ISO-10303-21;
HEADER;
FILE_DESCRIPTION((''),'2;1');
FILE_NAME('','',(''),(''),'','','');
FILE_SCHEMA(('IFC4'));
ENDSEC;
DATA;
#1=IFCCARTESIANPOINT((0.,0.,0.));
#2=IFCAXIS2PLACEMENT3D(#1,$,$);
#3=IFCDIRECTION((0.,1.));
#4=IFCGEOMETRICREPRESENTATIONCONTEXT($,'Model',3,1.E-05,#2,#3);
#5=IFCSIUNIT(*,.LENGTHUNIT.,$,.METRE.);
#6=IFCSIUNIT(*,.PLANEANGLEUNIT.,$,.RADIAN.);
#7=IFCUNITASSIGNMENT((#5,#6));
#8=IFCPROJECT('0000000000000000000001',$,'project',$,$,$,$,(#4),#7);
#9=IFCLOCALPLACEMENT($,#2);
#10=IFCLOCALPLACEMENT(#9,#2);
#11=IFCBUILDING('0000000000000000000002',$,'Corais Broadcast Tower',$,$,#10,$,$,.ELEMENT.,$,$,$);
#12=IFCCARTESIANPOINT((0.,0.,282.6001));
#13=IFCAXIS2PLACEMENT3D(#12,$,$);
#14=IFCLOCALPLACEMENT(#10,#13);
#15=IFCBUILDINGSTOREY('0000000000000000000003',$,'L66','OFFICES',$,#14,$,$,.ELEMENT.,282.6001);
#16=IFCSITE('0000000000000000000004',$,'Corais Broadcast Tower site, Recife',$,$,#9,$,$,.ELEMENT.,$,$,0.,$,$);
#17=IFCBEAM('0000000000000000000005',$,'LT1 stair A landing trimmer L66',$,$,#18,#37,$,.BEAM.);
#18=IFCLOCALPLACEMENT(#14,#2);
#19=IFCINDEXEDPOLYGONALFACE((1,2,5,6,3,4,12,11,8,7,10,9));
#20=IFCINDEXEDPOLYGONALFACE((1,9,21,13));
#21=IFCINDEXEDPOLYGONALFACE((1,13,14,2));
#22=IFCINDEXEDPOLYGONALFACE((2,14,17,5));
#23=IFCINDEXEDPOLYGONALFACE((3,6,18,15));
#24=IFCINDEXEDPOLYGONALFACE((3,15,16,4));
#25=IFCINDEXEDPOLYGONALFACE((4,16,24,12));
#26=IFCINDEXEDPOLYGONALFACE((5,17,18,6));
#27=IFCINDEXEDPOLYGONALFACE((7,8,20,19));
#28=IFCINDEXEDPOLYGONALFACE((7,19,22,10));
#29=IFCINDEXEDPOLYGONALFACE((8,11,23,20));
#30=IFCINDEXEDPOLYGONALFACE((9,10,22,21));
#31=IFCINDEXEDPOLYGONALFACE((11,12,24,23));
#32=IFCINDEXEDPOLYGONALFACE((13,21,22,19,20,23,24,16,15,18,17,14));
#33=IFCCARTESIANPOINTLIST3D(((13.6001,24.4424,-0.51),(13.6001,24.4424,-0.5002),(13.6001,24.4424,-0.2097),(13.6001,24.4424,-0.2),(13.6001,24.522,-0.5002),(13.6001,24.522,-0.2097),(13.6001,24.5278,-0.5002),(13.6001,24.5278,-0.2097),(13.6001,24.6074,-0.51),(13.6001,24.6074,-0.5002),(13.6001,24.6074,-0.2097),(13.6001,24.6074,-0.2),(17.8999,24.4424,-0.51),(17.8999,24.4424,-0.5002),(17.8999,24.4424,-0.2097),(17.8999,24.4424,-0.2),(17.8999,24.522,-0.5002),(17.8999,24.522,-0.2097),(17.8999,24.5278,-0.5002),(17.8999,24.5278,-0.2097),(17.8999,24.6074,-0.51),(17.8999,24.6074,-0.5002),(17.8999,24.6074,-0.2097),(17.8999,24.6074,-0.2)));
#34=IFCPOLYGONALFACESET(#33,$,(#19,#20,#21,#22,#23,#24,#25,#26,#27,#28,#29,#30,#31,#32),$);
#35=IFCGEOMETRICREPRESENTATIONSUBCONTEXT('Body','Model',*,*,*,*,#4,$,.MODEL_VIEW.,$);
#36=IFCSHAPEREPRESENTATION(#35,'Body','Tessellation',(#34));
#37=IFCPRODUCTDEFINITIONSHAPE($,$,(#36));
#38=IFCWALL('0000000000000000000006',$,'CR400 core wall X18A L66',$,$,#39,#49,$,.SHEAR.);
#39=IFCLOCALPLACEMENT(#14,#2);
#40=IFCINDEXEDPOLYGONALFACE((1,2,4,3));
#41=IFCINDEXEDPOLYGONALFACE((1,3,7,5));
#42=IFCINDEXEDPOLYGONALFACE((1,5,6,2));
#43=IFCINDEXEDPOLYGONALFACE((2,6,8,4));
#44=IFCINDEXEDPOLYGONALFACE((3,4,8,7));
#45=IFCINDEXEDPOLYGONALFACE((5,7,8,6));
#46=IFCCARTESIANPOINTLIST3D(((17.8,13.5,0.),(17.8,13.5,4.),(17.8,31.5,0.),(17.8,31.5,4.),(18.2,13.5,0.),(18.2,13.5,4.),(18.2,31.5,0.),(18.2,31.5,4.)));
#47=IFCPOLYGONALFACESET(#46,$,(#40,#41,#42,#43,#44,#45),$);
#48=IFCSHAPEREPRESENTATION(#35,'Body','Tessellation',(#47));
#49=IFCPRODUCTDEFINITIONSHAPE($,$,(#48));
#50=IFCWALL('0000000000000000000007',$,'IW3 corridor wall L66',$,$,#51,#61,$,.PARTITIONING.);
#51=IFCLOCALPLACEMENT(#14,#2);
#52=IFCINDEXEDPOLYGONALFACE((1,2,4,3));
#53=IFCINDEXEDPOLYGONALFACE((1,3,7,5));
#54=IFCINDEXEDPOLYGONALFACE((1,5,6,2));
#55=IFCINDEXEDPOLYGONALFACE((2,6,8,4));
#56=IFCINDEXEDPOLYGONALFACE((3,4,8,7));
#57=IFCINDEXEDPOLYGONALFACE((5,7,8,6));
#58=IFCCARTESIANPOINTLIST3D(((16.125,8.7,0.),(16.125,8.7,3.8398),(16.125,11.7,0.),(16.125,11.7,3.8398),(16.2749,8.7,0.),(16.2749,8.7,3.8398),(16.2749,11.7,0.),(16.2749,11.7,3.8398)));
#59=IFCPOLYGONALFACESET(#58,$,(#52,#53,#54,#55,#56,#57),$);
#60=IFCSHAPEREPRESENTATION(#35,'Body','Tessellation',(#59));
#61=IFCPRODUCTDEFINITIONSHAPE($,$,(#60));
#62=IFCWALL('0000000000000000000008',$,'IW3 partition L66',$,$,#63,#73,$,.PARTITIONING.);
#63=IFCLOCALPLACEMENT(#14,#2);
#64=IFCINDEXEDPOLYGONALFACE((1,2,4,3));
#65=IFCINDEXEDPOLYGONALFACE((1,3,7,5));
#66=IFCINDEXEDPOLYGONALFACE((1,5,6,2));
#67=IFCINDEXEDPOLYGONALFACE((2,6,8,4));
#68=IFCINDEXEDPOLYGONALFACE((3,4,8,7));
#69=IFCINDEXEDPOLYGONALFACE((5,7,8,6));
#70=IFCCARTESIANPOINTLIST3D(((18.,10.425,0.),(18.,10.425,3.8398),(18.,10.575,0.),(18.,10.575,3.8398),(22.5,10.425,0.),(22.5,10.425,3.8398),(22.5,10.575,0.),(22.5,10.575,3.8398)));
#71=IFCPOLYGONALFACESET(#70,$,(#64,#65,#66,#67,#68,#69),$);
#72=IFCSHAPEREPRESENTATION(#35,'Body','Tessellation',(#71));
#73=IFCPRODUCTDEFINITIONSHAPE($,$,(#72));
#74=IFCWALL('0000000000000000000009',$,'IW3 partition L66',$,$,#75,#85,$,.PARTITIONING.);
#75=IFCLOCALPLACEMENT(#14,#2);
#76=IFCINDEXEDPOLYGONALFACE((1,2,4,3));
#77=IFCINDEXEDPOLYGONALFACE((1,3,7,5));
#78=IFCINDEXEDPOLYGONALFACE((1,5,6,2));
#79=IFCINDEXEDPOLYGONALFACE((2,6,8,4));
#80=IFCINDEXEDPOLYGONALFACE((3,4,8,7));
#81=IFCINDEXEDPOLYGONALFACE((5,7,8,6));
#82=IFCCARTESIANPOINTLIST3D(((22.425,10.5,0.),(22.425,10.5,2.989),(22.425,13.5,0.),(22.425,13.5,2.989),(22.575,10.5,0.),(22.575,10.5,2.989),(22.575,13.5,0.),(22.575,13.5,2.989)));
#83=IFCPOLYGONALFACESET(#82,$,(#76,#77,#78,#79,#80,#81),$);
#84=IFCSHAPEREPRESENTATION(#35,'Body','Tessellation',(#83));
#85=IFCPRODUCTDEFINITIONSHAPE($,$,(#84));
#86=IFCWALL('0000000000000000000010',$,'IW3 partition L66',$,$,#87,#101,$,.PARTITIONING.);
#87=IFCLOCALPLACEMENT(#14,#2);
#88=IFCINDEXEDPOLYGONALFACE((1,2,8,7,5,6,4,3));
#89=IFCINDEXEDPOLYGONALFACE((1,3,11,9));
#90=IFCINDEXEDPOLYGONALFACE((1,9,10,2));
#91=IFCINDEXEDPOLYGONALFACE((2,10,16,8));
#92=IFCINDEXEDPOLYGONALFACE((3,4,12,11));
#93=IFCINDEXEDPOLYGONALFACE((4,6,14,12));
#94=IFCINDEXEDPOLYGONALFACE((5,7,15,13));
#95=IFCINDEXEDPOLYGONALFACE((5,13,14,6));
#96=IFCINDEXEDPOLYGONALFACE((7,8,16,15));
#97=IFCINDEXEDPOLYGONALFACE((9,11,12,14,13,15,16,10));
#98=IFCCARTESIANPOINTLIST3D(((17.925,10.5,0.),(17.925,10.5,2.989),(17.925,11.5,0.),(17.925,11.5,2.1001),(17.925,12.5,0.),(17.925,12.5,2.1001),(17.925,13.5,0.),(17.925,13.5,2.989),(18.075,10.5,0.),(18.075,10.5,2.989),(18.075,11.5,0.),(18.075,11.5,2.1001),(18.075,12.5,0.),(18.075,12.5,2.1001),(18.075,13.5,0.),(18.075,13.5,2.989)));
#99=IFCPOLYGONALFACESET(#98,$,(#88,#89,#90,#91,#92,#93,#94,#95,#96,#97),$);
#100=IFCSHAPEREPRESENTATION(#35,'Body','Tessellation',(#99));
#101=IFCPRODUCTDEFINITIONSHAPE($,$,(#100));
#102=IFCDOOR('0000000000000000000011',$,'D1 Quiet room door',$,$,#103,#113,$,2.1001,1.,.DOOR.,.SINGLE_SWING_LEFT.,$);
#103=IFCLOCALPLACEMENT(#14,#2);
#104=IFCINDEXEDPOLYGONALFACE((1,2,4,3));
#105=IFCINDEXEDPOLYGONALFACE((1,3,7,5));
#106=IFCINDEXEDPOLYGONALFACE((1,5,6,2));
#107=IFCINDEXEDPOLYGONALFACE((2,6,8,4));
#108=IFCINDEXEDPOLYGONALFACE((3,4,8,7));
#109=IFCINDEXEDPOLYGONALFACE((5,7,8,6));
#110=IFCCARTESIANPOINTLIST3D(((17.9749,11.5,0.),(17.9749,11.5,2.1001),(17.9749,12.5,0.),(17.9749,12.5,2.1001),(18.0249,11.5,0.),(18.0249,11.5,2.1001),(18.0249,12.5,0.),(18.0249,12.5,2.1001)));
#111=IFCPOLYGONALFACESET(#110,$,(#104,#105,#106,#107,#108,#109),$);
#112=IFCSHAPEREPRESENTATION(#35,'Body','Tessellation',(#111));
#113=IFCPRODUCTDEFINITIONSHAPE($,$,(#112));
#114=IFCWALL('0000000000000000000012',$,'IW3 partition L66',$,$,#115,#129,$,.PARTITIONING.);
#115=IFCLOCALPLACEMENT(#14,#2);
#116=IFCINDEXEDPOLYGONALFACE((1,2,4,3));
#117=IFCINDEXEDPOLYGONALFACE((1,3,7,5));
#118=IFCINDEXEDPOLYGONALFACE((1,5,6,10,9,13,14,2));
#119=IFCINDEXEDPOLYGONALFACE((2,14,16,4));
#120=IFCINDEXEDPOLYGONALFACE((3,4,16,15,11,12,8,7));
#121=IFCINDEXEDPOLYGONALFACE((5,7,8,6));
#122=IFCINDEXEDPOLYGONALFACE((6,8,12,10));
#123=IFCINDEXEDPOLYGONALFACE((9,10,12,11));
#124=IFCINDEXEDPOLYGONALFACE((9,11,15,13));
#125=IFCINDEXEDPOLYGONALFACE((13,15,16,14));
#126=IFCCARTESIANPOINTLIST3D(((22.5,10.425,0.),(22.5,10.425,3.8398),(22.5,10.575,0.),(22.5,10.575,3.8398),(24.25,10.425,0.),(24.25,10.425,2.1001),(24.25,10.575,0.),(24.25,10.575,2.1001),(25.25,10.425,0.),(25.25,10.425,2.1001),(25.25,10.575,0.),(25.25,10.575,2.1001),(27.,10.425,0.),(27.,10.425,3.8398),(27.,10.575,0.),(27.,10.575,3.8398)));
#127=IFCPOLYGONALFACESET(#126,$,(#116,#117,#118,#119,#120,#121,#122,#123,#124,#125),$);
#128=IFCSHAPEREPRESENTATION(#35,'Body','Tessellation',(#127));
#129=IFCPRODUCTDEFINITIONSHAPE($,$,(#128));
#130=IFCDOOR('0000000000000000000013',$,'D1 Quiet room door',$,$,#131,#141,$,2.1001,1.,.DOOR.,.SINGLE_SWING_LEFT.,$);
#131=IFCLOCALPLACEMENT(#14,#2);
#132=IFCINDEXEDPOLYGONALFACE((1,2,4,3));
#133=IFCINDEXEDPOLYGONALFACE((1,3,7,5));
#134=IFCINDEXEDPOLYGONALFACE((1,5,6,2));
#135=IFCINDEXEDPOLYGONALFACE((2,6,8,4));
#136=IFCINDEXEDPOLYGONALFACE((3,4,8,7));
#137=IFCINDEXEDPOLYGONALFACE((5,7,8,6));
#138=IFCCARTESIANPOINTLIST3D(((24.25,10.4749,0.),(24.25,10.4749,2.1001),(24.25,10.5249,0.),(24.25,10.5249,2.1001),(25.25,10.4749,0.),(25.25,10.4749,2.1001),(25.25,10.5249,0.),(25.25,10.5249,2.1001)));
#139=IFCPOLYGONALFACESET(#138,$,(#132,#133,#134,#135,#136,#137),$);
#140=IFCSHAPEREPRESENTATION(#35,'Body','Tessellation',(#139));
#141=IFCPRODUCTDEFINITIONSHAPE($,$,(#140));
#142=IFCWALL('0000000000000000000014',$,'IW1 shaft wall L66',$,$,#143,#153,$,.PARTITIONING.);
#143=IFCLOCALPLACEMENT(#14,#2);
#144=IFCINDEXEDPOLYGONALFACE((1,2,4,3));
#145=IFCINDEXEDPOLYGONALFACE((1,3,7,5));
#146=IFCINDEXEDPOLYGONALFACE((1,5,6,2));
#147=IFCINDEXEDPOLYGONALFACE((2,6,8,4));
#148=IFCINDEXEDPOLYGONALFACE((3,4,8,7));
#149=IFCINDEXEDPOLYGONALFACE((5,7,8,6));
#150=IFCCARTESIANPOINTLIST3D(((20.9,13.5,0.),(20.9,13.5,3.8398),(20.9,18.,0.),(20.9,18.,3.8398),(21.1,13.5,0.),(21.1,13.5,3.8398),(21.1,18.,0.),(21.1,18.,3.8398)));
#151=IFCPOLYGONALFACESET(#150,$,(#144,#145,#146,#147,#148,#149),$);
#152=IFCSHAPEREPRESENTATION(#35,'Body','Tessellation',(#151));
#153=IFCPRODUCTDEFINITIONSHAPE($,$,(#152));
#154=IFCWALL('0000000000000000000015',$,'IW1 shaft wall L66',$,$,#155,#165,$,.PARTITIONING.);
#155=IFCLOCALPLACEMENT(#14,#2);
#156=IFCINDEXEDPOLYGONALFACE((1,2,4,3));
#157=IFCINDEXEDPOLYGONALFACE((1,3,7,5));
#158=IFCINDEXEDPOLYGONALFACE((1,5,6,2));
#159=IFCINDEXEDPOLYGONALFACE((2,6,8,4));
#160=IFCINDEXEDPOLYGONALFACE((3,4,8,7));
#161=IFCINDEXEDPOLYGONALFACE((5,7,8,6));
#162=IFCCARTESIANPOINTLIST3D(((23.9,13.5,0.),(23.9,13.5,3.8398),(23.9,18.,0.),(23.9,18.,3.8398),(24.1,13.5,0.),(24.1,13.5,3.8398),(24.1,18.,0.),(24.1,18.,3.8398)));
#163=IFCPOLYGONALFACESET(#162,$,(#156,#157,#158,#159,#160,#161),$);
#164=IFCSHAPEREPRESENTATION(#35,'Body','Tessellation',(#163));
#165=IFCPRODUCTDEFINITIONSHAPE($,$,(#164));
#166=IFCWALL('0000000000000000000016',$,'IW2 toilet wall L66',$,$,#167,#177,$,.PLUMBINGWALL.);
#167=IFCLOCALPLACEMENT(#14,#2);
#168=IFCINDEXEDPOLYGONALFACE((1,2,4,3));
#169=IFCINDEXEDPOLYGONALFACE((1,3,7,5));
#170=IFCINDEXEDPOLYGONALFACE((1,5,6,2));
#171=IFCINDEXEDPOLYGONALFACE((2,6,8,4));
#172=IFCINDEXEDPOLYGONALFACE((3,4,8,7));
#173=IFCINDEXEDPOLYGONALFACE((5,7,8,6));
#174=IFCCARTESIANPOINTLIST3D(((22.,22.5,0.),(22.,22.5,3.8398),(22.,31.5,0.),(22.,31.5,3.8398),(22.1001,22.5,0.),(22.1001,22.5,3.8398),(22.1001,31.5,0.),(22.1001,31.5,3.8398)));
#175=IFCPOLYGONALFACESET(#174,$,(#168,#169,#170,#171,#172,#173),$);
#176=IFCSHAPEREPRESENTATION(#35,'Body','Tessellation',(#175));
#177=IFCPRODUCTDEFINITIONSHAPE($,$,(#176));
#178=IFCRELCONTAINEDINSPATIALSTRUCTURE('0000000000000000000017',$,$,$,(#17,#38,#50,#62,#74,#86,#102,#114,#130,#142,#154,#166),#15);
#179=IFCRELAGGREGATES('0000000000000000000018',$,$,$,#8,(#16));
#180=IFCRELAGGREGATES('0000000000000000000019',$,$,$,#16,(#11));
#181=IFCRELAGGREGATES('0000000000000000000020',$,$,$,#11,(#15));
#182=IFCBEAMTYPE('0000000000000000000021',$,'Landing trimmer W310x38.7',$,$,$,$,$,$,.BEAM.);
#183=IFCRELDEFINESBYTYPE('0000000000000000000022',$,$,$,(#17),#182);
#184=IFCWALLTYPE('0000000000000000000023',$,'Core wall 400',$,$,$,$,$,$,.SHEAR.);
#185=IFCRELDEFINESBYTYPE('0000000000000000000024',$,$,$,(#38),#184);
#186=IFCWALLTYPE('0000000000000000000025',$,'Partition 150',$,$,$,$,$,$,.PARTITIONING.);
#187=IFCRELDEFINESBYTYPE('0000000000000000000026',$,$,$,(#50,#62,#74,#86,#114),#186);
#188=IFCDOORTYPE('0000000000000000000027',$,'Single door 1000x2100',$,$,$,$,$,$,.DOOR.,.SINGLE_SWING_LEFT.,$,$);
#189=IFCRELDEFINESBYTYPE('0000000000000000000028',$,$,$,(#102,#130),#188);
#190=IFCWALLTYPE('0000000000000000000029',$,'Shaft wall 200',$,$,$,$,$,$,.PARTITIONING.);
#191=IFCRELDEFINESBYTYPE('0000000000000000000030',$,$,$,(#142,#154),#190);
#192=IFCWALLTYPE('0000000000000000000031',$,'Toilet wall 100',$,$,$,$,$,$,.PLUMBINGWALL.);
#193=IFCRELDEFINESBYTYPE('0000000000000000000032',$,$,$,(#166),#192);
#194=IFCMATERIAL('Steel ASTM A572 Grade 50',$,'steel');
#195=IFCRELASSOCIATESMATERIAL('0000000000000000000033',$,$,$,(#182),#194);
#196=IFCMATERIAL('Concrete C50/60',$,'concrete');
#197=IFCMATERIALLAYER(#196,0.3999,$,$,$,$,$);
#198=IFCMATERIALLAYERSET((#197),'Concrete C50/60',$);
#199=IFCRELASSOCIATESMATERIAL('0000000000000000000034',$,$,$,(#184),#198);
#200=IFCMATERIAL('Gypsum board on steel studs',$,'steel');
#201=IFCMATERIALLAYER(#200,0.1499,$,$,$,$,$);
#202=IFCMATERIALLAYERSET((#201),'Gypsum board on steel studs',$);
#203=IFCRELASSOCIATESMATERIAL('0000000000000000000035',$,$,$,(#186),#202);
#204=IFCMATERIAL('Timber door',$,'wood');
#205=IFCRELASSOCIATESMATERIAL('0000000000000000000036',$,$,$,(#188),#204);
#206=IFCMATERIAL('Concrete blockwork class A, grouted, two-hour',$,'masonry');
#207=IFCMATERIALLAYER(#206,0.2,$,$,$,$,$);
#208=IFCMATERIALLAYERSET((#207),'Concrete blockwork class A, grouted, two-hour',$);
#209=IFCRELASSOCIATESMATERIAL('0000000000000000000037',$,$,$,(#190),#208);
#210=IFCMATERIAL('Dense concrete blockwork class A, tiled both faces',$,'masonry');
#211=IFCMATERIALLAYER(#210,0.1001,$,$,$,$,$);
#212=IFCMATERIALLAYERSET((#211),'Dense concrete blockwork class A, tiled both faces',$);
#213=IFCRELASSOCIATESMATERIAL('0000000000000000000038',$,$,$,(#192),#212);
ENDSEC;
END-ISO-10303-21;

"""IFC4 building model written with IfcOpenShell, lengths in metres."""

from ifc_helpers import new_model, si_unit, direction, frame, frame_2d, origin, origin_2d, place, context, subcontext, project, spatial, rectangle, i_section, extrude, material, layer, layer_set, material_profile, profile_set, type_object, element, fill, save


model = new_model("IFC4")

# Units and contexts
model_context = context("Model", 3, precision=1e-05, world=origin(), true_north=direction((0.0, 1.0)))
body_context = subcontext(model_context, "Body", "Model", "MODEL_VIEW")
ifc_project = project(units=[si_unit("LENGTHUNIT", "METRE"), si_unit("PLANEANGLEUNIT", "RADIAN")], contexts=[model_context])

# Site, building, storey
site_placement = place(None, origin())
site = spatial("IfcSite", under=ifc_project, at=site_placement, Name="Corais Broadcast Tower site, Recife", CompositionType="ELEMENT", RefElevation=0.0)
building_placement = place(site_placement, origin())
building = spatial("IfcBuilding", under=site, at=building_placement, Name="Corais Broadcast Tower", CompositionType="ELEMENT")
storey_placement = place(building_placement, frame((0.0, 0.0, 282.6001)))
storey = spatial("IfcBuildingStorey", under=building, at=storey_placement, Name="L66", Description="OFFICES", CompositionType="ELEMENT", Elevation=282.6001)

# Beam
ifc_material_1 = material(Name="Steel ASTM A572 Grade 50", Category="steel")
ifc_material_profile = material_profile(ifc_material_1, i_section(OverallWidth=0.165, OverallDepth=0.3101, WebThickness=0.0059, FlangeThickness=0.0098, at=origin_2d()), Name="W310x38.7")
ifc_profile_set = profile_set([ifc_material_profile], Name="Steel ASTM A572 Grade 50")
beam_type = type_object("IfcBeamType", Name="Landing trimmer W310x38.7", PredefinedType="BEAM", material=ifc_profile_set)
beam_placement = place(storey_placement, frame((13.6001, 24.5249, -0.355), z_axis=(1.0, 0.0, 0.0), x_axis=(0.0, 1.0, 0.0)))
element("IfcBeam", 1, at=beam_placement, inside=storey, type_object=beam_type, Name="LT1 stair A landing trimmer L66", PredefinedType="BEAM", context=body_context, shape_type="SweptSolid", body=[
    extrude(i_section(OverallWidth=0.165, OverallDepth=0.3101, WebThickness=0.0059, FlangeThickness=0.0098, at=origin_2d()), origin(), (0.0, 0.0, 1.0), 4.2998),
])

# Walls
ifc_material_2 = material(Name="Concrete C50/60", Category="concrete")
ifc_layer_1 = layer(ifc_material_2, 0.3999)
ifc_layer_set_1 = layer_set([ifc_layer_1], Name="Concrete C50/60")
wall_type_1 = type_object("IfcWallType", Name="Core wall 400", PredefinedType="SHEAR", material=ifc_layer_set_1)
wall_1_placement = place(storey_placement, frame((18.0, 13.5, 0.0), z_axis=(0.0, 0.0, 1.0), x_axis=(0.0, 1.0, 0.0)))
element("IfcWall", 2, at=wall_1_placement, inside=storey, type_object=wall_type_1, Name="CR400 core wall X18A L66", PredefinedType="SHEAR", context=body_context, shape_type="SweptSolid", body=[
    extrude(rectangle(XDim=18.0, YDim=0.3999, at=frame_2d((9.0, 0.0))), origin(), (0.0, 0.0, 1.0), 4.0),
])
ifc_material_3 = material(Name="Gypsum board on steel studs", Category="steel")
ifc_layer_2 = layer(ifc_material_3, 0.1499)
ifc_layer_set_2 = layer_set([ifc_layer_2], Name="Gypsum board on steel studs")
wall_type_2 = type_object("IfcWallType", Name="Partition 150", PredefinedType="PARTITIONING", material=ifc_layer_set_2)
wall_2_placement = place(storey_placement, frame((16.2, 11.7, 0.0), z_axis=(0.0, 0.0, 1.0), x_axis=(0.0, -1.0, 0.0)))
element("IfcWall", 3, at=wall_2_placement, inside=storey, type_object=wall_type_2, Name="IW3 corridor wall L66", PredefinedType="PARTITIONING", context=body_context, shape_type="SweptSolid", body=[
    extrude(rectangle(XDim=3.0, YDim=0.1499, at=frame_2d((1.5, 0.0))), origin(), (0.0, 0.0, 1.0), 3.8398),
])
wall_3_placement = place(storey_placement, frame((18.0, 10.5, 0.0), z_axis=(0.0, 0.0, 1.0), x_axis=(1.0, 0.0, 0.0)))
element("IfcWall", 4, at=wall_3_placement, inside=storey, type_object=wall_type_2, Name="IW3 partition L66", PredefinedType="PARTITIONING", context=body_context, shape_type="SweptSolid", body=[
    extrude(rectangle(XDim=4.5, YDim=0.1499, at=frame_2d((2.25, 0.0))), origin(), (0.0, 0.0, 1.0), 3.8398),
])
wall_4_placement = place(storey_placement, frame((22.5, 10.5, 0.0), z_axis=(0.0, 0.0, 1.0), x_axis=(0.0, 1.0, 0.0)))
element("IfcWall", 5, at=wall_4_placement, inside=storey, type_object=wall_type_2, Name="IW3 partition L66", PredefinedType="PARTITIONING", context=body_context, shape_type="SweptSolid", body=[
    extrude(rectangle(XDim=3.0, YDim=0.1499, at=frame_2d((1.5, 0.0))), origin(), (0.0, 0.0, 1.0), 2.989),
])

# Walls, openings, doors
wall_5_placement = place(storey_placement, frame((18.0, 13.5, 0.0), z_axis=(0.0, 0.0, 1.0), x_axis=(0.0, -1.0, 0.0)))
wall_5 = element("IfcWall", 6, at=wall_5_placement, inside=storey, type_object=wall_type_2, Name="IW3 partition L66", PredefinedType="PARTITIONING", context=body_context, shape_type="SweptSolid", body=[
    extrude(rectangle(XDim=3.0, YDim=0.1499, at=frame_2d((1.5, 0.0))), origin(), (0.0, 0.0, 1.0), 2.989),
])
opening_1_placement = place(wall_5_placement, frame((1.0, 0.0, 0.0)))
opening_1 = element("IfcOpeningElement", 7, at=opening_1_placement, cuts=wall_5, PredefinedType="OPENING", context=body_context, shape_type="SweptSolid", body=[
    extrude(rectangle(XDim=1.0, YDim=2.1001, at=frame_2d((0.5, 1.05))), frame((0.0, 0.085, 0.0), z_axis=(0.0, -1.0, 0.0), x_axis=(1.0, 0.0, 0.0)), (0.0, 0.0, 1.0), 0.1699),
])
ifc_material_4 = material(Name="Timber door", Category="wood")
door_type = type_object("IfcDoorType", Name="Single door 1000x2100", OperationType="SINGLE_SWING_LEFT", PredefinedType="DOOR", material=ifc_material_4)
door_1_placement = place(opening_1_placement, origin())
door_1 = element("IfcDoor", 8, at=door_1_placement, inside=storey, type_object=door_type, Name="D1 Quiet room door", OperationType="SINGLE_SWING_LEFT", OverallHeight=2.1001, OverallWidth=1.0, PredefinedType="DOOR", context=body_context, shape_type="SweptSolid", body=[
    extrude(rectangle(XDim=1.0, YDim=2.1001, at=frame_2d((0.5, 1.05))), frame((0.0, 0.0249, 0.0), z_axis=(0.0, -1.0, 0.0), x_axis=(1.0, 0.0, 0.0)), (0.0, 0.0, 1.0), 0.05),
])
fill(opening_1, door_1)
wall_6_placement = place(storey_placement, frame((22.5, 10.5, 0.0), z_axis=(0.0, 0.0, 1.0), x_axis=(1.0, 0.0, 0.0)))
wall_6 = element("IfcWall", 9, at=wall_6_placement, inside=storey, type_object=wall_type_2, Name="IW3 partition L66", PredefinedType="PARTITIONING", context=body_context, shape_type="SweptSolid", body=[
    extrude(rectangle(XDim=4.5, YDim=0.1499, at=frame_2d((2.25, 0.0))), origin(), (0.0, 0.0, 1.0), 3.8398),
])
opening_2_placement = place(wall_6_placement, frame((1.75, 0.0, 0.0)))
opening_2 = element("IfcOpeningElement", 10, at=opening_2_placement, cuts=wall_6, PredefinedType="OPENING", context=body_context, shape_type="SweptSolid", body=[
    extrude(rectangle(XDim=1.0, YDim=2.1001, at=frame_2d((0.5, 1.05))), frame((0.0, 0.085, 0.0), z_axis=(0.0, -1.0, 0.0), x_axis=(1.0, 0.0, 0.0)), (0.0, 0.0, 1.0), 0.1699),
])
door_2_placement = place(opening_2_placement, origin())
door_2 = element("IfcDoor", 11, at=door_2_placement, inside=storey, type_object=door_type, Name="D1 Quiet room door", OperationType="SINGLE_SWING_LEFT", OverallHeight=2.1001, OverallWidth=1.0, PredefinedType="DOOR", context=body_context, shape_type="SweptSolid", body=[
    extrude(rectangle(XDim=1.0, YDim=2.1001, at=frame_2d((0.5, 1.05))), frame((0.0, 0.0249, 0.0), z_axis=(0.0, -1.0, 0.0), x_axis=(1.0, 0.0, 0.0)), (0.0, 0.0, 1.0), 0.05),
])
fill(opening_2, door_2)

# Walls
ifc_material_5 = material(Name="Concrete blockwork class A, grouted, two-hour", Category="masonry")
ifc_layer_3 = layer(ifc_material_5, 0.2)
ifc_layer_set_3 = layer_set([ifc_layer_3], Name="Concrete blockwork class A, grouted, two-hour")
wall_type_3 = type_object("IfcWallType", Name="Shaft wall 200", PredefinedType="PARTITIONING", material=ifc_layer_set_3)
for number, where, z_axis, x_axis, name in (
    (12, (21.0, 13.5, 0.0), (0.0, 0.0, 1.0), (0.0, 1.0, 0.0), "IW1 shaft wall L66"),
    (13, (24.0, 13.5, 0.0), (0.0, 0.0, 1.0), (0.0, 1.0, 0.0), "IW1 shaft wall L66"),
):
    element("IfcWall", number, at=place(storey_placement, frame(where, z_axis=z_axis, x_axis=x_axis)), inside=storey, type_object=wall_type_3, Name=name, PredefinedType="PARTITIONING", context=body_context, shape_type="SweptSolid", body=[
        extrude(rectangle(XDim=4.5, YDim=0.2, at=frame_2d((2.25, 0.0))), origin(), (0.0, 0.0, 1.0), 3.8398),
    ])
ifc_material_6 = material(Name="Dense concrete blockwork class A, tiled both faces", Category="masonry")
ifc_layer_4 = layer(ifc_material_6, 0.1001)
ifc_layer_set_4 = layer_set([ifc_layer_4], Name="Dense concrete blockwork class A, tiled both faces")
wall_type_4 = type_object("IfcWallType", Name="Toilet wall 100", PredefinedType="PLUMBINGWALL", material=ifc_layer_set_4)
wall_7_placement = place(storey_placement, frame((22.05, 22.5, 0.0), z_axis=(0.0, 0.0, 1.0), x_axis=(0.0, 1.0, 0.0)))
element("IfcWall", 14, at=wall_7_placement, inside=storey, type_object=wall_type_4, Name="IW2 toilet wall L66", PredefinedType="PLUMBINGWALL", context=body_context, shape_type="SweptSolid", body=[
    extrude(rectangle(XDim=9.0, YDim=0.1001, at=frame_2d((4.5, 0.0))), origin(), (0.0, 0.0, 1.0), 3.8398),
])

save(model, "model.ifc")
